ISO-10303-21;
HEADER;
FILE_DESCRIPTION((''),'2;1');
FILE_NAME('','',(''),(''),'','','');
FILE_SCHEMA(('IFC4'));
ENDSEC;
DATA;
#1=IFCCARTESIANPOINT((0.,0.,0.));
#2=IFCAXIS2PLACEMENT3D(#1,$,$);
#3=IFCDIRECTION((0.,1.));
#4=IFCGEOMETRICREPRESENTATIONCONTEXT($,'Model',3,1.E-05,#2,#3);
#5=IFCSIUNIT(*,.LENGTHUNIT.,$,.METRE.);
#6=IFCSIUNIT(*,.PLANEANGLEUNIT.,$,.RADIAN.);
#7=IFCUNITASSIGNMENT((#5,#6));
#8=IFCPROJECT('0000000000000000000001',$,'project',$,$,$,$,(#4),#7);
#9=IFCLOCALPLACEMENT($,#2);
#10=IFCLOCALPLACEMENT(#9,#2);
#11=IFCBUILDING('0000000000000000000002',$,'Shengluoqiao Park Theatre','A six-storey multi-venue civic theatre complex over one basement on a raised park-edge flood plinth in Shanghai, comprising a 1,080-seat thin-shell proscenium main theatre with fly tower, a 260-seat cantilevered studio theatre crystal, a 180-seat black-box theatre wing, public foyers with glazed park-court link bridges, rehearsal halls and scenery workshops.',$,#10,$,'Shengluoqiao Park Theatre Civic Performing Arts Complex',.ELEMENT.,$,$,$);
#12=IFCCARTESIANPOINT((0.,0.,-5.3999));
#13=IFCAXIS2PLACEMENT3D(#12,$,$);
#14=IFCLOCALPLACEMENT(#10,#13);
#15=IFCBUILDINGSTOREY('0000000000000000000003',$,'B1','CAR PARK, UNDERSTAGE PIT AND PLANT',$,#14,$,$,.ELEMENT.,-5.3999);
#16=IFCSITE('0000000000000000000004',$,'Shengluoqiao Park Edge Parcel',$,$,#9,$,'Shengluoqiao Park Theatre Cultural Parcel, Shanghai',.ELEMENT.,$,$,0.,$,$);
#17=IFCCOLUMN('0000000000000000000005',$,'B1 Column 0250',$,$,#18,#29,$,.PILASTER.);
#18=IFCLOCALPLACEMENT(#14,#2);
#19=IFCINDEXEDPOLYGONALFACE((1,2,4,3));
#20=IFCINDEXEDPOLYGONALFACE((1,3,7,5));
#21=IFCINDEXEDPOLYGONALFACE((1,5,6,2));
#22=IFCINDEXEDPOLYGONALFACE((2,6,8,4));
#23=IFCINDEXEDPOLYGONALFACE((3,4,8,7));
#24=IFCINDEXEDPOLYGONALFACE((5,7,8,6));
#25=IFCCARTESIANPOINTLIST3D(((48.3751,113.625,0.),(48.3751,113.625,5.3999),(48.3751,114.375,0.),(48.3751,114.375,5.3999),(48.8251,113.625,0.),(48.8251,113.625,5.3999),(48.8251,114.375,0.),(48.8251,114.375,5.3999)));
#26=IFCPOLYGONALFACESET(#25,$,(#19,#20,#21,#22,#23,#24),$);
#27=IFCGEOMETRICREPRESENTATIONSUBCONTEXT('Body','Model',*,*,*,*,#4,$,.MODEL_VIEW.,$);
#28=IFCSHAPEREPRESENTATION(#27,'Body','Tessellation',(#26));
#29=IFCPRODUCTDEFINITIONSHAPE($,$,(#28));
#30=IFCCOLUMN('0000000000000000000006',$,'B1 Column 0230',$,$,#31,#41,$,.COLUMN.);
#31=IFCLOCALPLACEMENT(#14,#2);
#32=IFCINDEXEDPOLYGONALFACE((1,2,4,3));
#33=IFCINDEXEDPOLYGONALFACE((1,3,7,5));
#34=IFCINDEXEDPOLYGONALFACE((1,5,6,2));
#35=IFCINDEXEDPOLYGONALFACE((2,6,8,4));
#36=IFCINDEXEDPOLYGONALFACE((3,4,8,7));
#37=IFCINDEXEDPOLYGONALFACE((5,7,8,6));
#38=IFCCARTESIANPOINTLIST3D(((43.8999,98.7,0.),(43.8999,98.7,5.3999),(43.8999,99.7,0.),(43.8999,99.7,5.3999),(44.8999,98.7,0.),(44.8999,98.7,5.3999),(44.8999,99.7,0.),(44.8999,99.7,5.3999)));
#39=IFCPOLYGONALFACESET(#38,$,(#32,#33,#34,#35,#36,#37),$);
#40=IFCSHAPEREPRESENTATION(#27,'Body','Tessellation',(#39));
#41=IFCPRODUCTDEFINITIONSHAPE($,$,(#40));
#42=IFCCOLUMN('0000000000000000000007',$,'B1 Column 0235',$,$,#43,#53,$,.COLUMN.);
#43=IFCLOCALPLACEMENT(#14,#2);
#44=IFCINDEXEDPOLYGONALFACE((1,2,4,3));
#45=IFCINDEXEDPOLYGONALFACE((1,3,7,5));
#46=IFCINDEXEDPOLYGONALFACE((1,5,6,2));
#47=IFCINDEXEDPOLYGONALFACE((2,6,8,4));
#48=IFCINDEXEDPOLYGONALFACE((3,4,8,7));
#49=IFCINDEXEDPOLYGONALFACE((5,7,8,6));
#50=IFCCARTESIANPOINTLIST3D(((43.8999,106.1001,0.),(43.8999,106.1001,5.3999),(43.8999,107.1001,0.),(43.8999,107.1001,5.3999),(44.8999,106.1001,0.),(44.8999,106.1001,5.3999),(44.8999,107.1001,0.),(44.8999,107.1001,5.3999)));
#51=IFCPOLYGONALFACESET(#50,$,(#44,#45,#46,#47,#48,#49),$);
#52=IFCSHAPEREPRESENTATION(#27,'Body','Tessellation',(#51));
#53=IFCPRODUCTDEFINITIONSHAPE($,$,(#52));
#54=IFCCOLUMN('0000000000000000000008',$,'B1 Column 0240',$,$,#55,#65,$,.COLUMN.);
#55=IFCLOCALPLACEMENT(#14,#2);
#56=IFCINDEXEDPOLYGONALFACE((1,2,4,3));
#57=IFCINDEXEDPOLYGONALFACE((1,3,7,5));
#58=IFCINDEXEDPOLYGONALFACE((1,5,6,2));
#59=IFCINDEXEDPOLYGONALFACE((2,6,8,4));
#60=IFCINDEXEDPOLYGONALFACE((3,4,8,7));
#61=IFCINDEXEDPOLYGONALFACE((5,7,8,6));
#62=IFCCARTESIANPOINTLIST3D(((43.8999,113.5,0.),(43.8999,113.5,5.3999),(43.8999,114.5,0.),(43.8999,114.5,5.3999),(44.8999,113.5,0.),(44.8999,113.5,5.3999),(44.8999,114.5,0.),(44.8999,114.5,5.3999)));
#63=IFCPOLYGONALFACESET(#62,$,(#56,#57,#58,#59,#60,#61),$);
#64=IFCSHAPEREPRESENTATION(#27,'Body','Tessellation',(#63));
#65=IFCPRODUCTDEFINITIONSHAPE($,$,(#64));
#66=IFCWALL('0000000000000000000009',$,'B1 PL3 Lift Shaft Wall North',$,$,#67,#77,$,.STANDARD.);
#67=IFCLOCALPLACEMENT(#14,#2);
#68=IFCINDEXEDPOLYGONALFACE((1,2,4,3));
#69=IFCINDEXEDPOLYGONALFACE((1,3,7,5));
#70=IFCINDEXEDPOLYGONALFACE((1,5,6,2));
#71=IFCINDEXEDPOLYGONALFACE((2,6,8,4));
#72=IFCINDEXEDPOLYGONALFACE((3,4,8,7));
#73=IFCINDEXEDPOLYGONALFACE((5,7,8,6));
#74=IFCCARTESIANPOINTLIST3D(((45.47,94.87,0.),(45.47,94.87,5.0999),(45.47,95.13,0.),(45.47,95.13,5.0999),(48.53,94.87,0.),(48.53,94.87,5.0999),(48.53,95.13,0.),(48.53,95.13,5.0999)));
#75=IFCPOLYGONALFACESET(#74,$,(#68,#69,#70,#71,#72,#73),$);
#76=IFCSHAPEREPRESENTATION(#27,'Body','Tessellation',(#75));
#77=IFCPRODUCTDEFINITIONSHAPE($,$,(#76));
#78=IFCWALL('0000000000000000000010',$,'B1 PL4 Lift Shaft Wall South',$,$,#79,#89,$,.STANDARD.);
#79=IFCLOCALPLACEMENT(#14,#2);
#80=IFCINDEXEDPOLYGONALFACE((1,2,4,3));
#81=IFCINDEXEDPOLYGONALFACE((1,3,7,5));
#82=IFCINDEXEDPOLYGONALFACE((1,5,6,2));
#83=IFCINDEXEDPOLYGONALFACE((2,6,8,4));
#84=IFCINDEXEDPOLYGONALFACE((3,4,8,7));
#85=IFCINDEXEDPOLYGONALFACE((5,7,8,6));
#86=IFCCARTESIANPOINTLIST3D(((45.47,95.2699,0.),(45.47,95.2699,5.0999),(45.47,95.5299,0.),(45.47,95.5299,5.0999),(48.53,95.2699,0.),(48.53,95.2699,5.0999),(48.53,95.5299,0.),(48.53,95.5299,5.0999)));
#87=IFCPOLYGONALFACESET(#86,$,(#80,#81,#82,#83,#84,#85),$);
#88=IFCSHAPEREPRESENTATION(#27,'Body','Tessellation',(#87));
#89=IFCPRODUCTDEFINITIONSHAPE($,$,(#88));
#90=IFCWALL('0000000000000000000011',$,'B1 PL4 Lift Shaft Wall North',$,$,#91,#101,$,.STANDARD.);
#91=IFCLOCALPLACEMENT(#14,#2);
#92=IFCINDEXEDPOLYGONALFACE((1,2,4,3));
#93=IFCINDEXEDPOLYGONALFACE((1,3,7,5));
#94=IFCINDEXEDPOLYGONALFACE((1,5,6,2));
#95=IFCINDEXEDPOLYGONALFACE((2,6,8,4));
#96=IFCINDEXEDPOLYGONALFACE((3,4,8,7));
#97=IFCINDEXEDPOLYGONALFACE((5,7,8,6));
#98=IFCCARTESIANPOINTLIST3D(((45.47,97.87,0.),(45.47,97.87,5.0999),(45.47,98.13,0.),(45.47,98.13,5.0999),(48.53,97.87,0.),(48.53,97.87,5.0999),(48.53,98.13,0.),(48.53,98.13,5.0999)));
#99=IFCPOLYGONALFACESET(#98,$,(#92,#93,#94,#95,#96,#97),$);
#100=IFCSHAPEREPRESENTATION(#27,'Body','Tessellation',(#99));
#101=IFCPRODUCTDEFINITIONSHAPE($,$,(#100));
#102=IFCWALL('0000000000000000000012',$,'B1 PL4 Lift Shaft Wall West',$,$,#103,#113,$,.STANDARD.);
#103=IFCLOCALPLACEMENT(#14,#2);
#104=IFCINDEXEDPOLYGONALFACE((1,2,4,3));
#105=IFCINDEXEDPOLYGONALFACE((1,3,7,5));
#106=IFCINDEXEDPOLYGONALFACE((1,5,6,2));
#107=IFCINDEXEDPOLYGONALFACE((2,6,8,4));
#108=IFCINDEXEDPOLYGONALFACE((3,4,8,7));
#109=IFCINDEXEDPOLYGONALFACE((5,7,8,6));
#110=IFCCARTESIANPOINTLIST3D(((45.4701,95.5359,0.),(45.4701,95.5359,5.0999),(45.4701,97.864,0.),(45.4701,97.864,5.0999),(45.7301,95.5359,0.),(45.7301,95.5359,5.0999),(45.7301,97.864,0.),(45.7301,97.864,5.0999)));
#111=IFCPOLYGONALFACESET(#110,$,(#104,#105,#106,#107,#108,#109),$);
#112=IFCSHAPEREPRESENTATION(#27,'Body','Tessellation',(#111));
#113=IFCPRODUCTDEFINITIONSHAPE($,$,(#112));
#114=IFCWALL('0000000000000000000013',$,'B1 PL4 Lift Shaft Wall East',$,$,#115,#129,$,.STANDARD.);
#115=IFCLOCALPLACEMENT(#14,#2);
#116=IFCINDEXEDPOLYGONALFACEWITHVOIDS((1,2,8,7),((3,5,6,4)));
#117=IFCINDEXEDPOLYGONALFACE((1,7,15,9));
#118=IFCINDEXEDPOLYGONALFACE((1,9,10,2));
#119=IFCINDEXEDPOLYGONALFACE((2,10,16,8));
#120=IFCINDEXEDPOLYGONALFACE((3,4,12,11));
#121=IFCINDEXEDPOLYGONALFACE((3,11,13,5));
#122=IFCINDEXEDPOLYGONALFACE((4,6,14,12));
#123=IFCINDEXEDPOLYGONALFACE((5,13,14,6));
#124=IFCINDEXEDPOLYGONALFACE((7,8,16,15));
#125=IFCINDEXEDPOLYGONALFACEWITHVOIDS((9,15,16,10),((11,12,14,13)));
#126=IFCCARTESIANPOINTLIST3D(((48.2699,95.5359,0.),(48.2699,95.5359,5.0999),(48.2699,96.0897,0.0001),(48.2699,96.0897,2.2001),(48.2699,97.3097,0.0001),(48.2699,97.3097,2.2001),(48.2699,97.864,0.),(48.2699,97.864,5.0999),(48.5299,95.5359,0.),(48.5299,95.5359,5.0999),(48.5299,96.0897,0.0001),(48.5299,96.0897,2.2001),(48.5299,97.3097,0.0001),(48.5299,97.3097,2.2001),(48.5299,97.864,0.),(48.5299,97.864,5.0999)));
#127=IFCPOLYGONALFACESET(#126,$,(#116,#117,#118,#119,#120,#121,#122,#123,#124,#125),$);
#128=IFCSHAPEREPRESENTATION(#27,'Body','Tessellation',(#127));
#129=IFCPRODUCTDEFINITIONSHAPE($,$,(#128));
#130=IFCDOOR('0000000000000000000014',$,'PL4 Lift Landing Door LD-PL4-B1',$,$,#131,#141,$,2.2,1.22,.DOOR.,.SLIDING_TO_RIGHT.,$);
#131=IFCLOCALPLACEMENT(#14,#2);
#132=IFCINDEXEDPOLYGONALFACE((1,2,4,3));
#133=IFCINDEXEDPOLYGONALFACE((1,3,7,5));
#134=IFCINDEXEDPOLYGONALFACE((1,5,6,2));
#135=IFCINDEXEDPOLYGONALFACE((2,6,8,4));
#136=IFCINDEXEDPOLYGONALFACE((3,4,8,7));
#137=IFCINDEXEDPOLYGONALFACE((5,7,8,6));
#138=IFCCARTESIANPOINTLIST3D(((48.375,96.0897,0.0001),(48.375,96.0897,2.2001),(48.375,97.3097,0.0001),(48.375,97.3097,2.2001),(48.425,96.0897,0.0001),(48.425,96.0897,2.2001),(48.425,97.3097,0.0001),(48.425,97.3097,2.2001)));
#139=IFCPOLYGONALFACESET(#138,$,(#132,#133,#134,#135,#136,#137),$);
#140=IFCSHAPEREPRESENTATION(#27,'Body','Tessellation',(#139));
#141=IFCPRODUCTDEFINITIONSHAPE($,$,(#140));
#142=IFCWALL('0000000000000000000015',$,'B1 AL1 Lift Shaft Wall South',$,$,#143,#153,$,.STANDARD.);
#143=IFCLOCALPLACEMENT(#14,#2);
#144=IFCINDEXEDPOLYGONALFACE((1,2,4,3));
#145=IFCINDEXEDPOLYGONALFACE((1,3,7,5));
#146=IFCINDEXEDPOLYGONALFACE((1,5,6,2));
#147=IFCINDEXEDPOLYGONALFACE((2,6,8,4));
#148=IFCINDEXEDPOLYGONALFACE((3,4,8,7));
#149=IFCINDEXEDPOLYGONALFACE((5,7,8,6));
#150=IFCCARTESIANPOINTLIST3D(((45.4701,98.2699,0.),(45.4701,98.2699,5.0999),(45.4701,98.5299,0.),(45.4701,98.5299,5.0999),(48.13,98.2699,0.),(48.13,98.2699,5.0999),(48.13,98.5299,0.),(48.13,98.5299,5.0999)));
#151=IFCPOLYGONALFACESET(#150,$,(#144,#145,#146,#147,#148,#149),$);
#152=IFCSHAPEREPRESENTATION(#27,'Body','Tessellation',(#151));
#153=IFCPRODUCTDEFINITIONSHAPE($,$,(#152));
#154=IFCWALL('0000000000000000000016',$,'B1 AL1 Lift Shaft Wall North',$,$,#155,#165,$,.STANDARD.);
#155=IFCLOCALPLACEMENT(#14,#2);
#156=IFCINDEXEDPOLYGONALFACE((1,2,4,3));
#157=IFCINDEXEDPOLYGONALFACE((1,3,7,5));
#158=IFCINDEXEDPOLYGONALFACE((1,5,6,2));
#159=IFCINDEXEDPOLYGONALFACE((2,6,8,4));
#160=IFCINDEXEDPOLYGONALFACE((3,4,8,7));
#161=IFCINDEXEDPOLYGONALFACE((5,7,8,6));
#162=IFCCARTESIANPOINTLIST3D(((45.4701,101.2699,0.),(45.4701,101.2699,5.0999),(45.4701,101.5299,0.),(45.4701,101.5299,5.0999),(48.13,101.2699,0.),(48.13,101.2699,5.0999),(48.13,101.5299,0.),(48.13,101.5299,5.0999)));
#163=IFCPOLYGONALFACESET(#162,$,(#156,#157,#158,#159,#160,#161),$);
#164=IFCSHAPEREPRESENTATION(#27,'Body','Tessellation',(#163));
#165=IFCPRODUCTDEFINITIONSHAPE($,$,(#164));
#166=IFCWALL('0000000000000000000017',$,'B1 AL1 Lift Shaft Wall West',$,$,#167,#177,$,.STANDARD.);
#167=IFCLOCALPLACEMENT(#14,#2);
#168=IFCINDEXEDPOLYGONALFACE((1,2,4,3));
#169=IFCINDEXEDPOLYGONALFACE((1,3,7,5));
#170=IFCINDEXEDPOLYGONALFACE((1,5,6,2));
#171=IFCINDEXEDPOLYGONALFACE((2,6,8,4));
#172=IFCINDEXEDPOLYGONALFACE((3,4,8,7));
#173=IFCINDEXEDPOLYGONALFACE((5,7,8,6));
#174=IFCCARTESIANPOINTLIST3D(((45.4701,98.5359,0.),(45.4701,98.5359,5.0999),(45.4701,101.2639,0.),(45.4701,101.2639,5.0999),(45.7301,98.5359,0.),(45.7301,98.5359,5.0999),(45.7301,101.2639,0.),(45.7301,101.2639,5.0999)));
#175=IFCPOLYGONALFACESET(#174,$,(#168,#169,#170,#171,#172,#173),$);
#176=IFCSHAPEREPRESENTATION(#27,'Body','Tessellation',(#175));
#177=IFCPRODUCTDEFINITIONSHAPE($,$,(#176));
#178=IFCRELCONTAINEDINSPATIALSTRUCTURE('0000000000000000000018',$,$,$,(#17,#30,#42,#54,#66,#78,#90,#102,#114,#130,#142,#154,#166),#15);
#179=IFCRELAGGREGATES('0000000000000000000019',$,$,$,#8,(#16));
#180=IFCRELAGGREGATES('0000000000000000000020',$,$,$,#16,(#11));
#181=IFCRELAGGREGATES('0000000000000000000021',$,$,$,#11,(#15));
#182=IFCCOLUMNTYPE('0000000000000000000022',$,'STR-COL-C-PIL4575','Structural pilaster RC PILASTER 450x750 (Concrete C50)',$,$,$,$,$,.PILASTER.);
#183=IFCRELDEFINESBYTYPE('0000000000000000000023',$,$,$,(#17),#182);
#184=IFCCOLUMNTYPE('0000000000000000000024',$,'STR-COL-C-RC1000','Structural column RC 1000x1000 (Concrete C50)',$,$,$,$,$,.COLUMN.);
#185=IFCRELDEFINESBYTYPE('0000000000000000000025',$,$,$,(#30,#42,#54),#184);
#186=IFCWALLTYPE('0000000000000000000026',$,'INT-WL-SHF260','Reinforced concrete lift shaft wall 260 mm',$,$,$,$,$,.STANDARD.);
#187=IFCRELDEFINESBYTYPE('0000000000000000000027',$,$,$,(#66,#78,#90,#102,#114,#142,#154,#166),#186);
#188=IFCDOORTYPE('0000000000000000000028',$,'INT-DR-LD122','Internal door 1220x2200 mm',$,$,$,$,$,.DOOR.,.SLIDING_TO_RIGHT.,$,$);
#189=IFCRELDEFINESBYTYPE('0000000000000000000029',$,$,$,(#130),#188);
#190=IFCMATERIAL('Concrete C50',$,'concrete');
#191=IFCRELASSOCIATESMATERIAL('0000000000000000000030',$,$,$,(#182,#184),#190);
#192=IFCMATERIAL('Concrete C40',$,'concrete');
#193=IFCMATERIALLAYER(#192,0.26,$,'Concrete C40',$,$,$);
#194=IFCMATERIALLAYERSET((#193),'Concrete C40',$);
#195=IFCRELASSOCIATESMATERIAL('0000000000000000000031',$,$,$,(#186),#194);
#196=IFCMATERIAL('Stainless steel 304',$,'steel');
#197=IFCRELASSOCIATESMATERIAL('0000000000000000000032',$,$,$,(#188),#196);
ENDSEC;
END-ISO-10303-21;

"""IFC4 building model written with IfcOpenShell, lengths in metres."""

from ifc_helpers import new_model, si_unit, direction, frame, frame_2d, origin, origin_2d, place, context, subcontext, project, spatial, rectangle, extrude, material, layer, layer_set, material_profile, profile_set, type_object, element, fill, save


model = new_model("IFC4")

# Units and contexts
model_context = context("Model", 3, precision=1e-05, world=origin(), true_north=direction((0.0, 1.0)))
body_context = subcontext(model_context, "Body", "Model", "MODEL_VIEW")
ifc_project = project(units=[si_unit("LENGTHUNIT", "METRE"), si_unit("PLANEANGLEUNIT", "RADIAN")], contexts=[model_context])

# Site, building, storey
site_placement = place(None, origin())
site = spatial("IfcSite", under=ifc_project, at=site_placement, Name="Shengluoqiao Park Edge Parcel", LongName="Shengluoqiao Park Theatre Cultural Parcel, Shanghai", CompositionType="ELEMENT", RefElevation=0.0)
building_placement = place(site_placement, origin())
building = spatial("IfcBuilding", under=site, at=building_placement, Name="Shengluoqiao Park Theatre", Description="A six-storey multi-venue civic theatre complex over one basement on a raised park-edge flood plinth in Shanghai, comprising a 1,080-seat thin-shell proscenium main theatre with fly tower, a 260-seat cantilevered studio theatre crystal, a 180-seat black-box theatre wing, public foyers with glazed park-court link bridges, rehearsal halls and scenery workshops.", LongName="Shengluoqiao Park Theatre Civic Performing Arts Complex", CompositionType="ELEMENT")
storey_placement = place(building_placement, frame((0.0, 0.0, -5.3999)))
storey = spatial("IfcBuildingStorey", under=building, at=storey_placement, Name="B1", Description="CAR PARK, UNDERSTAGE PIT AND PLANT", CompositionType="ELEMENT", Elevation=-5.3999)

# Shared definitions
ifc_material_1 = material(Name="Concrete C40", Category="concrete")

# Columns
ifc_material_2 = material(Name="Concrete C50", Category="concrete")
ifc_material_profile_1 = material_profile(ifc_material_2, rectangle(XDim=0.45, YDim=0.75, at=origin_2d()), Name="RC PILASTER 450x750")
ifc_profile_set_1 = profile_set([ifc_material_profile_1], Name="Concrete C50")
column_type_1 = type_object("IfcColumnType", Name="STR-COL-C-PIL4575", Description="Structural pilaster RC PILASTER 450x750 (Concrete C50)", PredefinedType="PILASTER", material=ifc_profile_set_1)
column_placement = place(storey_placement, frame((48.6001, 114.0, 0.0), z_axis=(0.0, 0.0, 1.0), x_axis=(1.0, 0.0, 0.0)))
element("IfcColumn", 1, at=column_placement, inside=storey, type_object=column_type_1, Name="B1 Column 0250", PredefinedType="PILASTER", context=body_context, shape_type="SweptSolid", body=[
    extrude(rectangle(XDim=0.45, YDim=0.75, at=origin_2d()), origin(), (0.0, 0.0, 1.0), 5.3999),
])
ifc_material_profile_2 = material_profile(ifc_material_2, rectangle(XDim=1.0, YDim=1.0, at=origin_2d()), Name="RC 1000x1000")
ifc_profile_set_2 = profile_set([ifc_material_profile_2], Name="Concrete C50")
column_type_2 = type_object("IfcColumnType", Name="STR-COL-C-RC1000", Description="Structural column RC 1000x1000 (Concrete C50)", PredefinedType="COLUMN", material=ifc_profile_set_2)
for number, where, z_axis, x_axis, name in (
    (2, (44.3999, 99.2, 0.0), (0.0, 0.0, 1.0), (1.0, 0.0, 0.0), "B1 Column 0230"),
    (3, (44.3999, 106.6001, 0.0), (0.0, 0.0, 1.0), (1.0, 0.0, 0.0), "B1 Column 0235"),
    (4, (44.3999, 114.0, 0.0), (0.0, 0.0, 1.0), (1.0, 0.0, 0.0), "B1 Column 0240"),
):
    element("IfcColumn", number, at=place(storey_placement, frame(where, z_axis=z_axis, x_axis=x_axis)), inside=storey, type_object=column_type_2, Name=name, PredefinedType="COLUMN", context=body_context, shape_type="SweptSolid", body=[
        extrude(rectangle(XDim=1.0, YDim=1.0, at=origin_2d()), origin(), (0.0, 0.0, 1.0), 5.3999),
    ])

# Walls
ifc_layer_1 = layer(ifc_material_1, 0.26, Name="Concrete C40")
ifc_layer_set_1 = layer_set([ifc_layer_1], Name="Concrete C40")
wall_type_1 = type_object("IfcWallType", Name="INT-WL-SHF260", Description="Reinforced concrete lift shaft wall 260 mm", PredefinedType="STANDARD", material=ifc_layer_set_1)
for number, where, z_axis, x_axis, name in (
    (5, (45.47, 95.0, 0.0), (0.0, 0.0, 1.0), (1.0, 0.0, 0.0), "B1 PL3 Lift Shaft Wall North"),
    (6, (45.47, 95.3999, 0.0), (0.0, 0.0, 1.0), (1.0, 0.0, 0.0), "B1 PL4 Lift Shaft Wall South"),
    (7, (45.47, 98.0, 0.0), (0.0, 0.0, 1.0), (1.0, 0.0, 0.0), "B1 PL4 Lift Shaft Wall North"),
):
    element("IfcWall", number, at=place(storey_placement, frame(where, z_axis=z_axis, x_axis=x_axis)), inside=storey, type_object=wall_type_1, Name=name, PredefinedType="STANDARD", context=body_context, shape_type="SweptSolid", body=[
        extrude(rectangle(XDim=3.0601, YDim=0.26, at=frame_2d((1.53, 0.0))), origin(), (0.0, 0.0, 1.0), 5.0999),
    ])
wall_1_placement = place(storey_placement, frame((45.6001, 95.5359, 0.0), z_axis=(0.0, 0.0, 1.0), x_axis=(0.0, 1.0, 0.0)))
element("IfcWall", 8, at=wall_1_placement, inside=storey, type_object=wall_type_1, Name="B1 PL4 Lift Shaft Wall West", PredefinedType="STANDARD", context=body_context, shape_type="SweptSolid", body=[
    extrude(rectangle(XDim=2.3281, YDim=0.26, at=frame_2d((1.1641, 0.0))), origin(), (0.0, 0.0, 1.0), 5.0999),
])

# Wall, opening, door
wall_2_placement = place(storey_placement, frame((48.3999, 95.5359, 0.0), z_axis=(0.0, 0.0, 1.0), x_axis=(0.0, 1.0, 0.0)))
wall_2 = element("IfcWall", 9, at=wall_2_placement, inside=storey, type_object=wall_type_1, Name="B1 PL4 Lift Shaft Wall East", PredefinedType="STANDARD", context=body_context, shape_type="SweptSolid", body=[
    extrude(rectangle(XDim=2.3281, YDim=0.26, at=frame_2d((1.1641, 0.0))), origin(), (0.0, 0.0, 1.0), 5.0999),
])
opening_1_placement = place(wall_2_placement, frame((0.554, 0.0, 0.0)))
opening_1 = element("IfcOpeningElement", 10, at=opening_1_placement, cuts=wall_2, PredefinedType="OPENING", context=body_context, shape_type="SweptSolid", body=[
    extrude(rectangle(XDim=1.22, YDim=2.2, at=frame_2d((0.6099, 1.1001))), frame((0.0, 0.1399, 0.0), z_axis=(0.0, -1.0, 0.0), x_axis=(1.0, 0.0, 0.0)), (0.0, 0.0, 1.0), 0.28),
])
ifc_material_3 = material(Name="Stainless steel 304", Category="steel")
door_type = type_object("IfcDoorType", Name="INT-DR-LD122", Description="Internal door 1220x2200 mm", OperationType="SLIDING_TO_RIGHT", PredefinedType="DOOR", material=ifc_material_3)
door_1_placement = place(opening_1_placement, origin())
door_1 = element("IfcDoor", 11, at=door_1_placement, inside=storey, type_object=door_type, Name="PL4 Lift Landing Door LD-PL4-B1", OperationType="SLIDING_TO_RIGHT", OverallHeight=2.2, OverallWidth=1.22, PredefinedType="DOOR", context=body_context, shape_type="SweptSolid", body=[
    extrude(rectangle(XDim=1.22, YDim=2.2, at=frame_2d((0.6099, 1.1001))), frame((0.0, 0.0249, 0.0), z_axis=(0.0, -1.0, 0.0), x_axis=(1.0, 0.0, 0.0)), (0.0, 0.0, 1.0), 0.05),
])
fill(opening_1, door_1)

# Walls
for number, where, z_axis, x_axis, name in (
    (12, (45.47, 98.3999, 0.0), (0.0, 0.0, 1.0), (1.0, 0.0, 0.0), "B1 AL1 Lift Shaft Wall South"),
    (13, (45.47, 101.3999, 0.0), (0.0, 0.0, 1.0), (1.0, 0.0, 0.0), "B1 AL1 Lift Shaft Wall North"),
):
    element("IfcWall", number, at=place(storey_placement, frame(where, z_axis=z_axis, x_axis=x_axis)), inside=storey, type_object=wall_type_1, Name=name, PredefinedType="STANDARD", context=body_context, shape_type="SweptSolid", body=[
        extrude(rectangle(XDim=2.6599, YDim=0.26, at=frame_2d((1.3301, 0.0))), origin(), (0.0, 0.0, 1.0), 5.0999),
    ])
wall_3_placement = place(storey_placement, frame((45.6001, 98.5359, 0.0), z_axis=(0.0, 0.0, 1.0), x_axis=(0.0, 1.0, 0.0)))
element("IfcWall", 14, at=wall_3_placement, inside=storey, type_object=wall_type_1, Name="B1 AL1 Lift Shaft Wall West", PredefinedType="STANDARD", context=body_context, shape_type="SweptSolid", body=[
    extrude(rectangle(XDim=2.728, YDim=0.26, at=frame_2d((1.364, 0.0))), origin(), (0.0, 0.0, 1.0), 5.0999),
])

save(model, "model.ifc")
